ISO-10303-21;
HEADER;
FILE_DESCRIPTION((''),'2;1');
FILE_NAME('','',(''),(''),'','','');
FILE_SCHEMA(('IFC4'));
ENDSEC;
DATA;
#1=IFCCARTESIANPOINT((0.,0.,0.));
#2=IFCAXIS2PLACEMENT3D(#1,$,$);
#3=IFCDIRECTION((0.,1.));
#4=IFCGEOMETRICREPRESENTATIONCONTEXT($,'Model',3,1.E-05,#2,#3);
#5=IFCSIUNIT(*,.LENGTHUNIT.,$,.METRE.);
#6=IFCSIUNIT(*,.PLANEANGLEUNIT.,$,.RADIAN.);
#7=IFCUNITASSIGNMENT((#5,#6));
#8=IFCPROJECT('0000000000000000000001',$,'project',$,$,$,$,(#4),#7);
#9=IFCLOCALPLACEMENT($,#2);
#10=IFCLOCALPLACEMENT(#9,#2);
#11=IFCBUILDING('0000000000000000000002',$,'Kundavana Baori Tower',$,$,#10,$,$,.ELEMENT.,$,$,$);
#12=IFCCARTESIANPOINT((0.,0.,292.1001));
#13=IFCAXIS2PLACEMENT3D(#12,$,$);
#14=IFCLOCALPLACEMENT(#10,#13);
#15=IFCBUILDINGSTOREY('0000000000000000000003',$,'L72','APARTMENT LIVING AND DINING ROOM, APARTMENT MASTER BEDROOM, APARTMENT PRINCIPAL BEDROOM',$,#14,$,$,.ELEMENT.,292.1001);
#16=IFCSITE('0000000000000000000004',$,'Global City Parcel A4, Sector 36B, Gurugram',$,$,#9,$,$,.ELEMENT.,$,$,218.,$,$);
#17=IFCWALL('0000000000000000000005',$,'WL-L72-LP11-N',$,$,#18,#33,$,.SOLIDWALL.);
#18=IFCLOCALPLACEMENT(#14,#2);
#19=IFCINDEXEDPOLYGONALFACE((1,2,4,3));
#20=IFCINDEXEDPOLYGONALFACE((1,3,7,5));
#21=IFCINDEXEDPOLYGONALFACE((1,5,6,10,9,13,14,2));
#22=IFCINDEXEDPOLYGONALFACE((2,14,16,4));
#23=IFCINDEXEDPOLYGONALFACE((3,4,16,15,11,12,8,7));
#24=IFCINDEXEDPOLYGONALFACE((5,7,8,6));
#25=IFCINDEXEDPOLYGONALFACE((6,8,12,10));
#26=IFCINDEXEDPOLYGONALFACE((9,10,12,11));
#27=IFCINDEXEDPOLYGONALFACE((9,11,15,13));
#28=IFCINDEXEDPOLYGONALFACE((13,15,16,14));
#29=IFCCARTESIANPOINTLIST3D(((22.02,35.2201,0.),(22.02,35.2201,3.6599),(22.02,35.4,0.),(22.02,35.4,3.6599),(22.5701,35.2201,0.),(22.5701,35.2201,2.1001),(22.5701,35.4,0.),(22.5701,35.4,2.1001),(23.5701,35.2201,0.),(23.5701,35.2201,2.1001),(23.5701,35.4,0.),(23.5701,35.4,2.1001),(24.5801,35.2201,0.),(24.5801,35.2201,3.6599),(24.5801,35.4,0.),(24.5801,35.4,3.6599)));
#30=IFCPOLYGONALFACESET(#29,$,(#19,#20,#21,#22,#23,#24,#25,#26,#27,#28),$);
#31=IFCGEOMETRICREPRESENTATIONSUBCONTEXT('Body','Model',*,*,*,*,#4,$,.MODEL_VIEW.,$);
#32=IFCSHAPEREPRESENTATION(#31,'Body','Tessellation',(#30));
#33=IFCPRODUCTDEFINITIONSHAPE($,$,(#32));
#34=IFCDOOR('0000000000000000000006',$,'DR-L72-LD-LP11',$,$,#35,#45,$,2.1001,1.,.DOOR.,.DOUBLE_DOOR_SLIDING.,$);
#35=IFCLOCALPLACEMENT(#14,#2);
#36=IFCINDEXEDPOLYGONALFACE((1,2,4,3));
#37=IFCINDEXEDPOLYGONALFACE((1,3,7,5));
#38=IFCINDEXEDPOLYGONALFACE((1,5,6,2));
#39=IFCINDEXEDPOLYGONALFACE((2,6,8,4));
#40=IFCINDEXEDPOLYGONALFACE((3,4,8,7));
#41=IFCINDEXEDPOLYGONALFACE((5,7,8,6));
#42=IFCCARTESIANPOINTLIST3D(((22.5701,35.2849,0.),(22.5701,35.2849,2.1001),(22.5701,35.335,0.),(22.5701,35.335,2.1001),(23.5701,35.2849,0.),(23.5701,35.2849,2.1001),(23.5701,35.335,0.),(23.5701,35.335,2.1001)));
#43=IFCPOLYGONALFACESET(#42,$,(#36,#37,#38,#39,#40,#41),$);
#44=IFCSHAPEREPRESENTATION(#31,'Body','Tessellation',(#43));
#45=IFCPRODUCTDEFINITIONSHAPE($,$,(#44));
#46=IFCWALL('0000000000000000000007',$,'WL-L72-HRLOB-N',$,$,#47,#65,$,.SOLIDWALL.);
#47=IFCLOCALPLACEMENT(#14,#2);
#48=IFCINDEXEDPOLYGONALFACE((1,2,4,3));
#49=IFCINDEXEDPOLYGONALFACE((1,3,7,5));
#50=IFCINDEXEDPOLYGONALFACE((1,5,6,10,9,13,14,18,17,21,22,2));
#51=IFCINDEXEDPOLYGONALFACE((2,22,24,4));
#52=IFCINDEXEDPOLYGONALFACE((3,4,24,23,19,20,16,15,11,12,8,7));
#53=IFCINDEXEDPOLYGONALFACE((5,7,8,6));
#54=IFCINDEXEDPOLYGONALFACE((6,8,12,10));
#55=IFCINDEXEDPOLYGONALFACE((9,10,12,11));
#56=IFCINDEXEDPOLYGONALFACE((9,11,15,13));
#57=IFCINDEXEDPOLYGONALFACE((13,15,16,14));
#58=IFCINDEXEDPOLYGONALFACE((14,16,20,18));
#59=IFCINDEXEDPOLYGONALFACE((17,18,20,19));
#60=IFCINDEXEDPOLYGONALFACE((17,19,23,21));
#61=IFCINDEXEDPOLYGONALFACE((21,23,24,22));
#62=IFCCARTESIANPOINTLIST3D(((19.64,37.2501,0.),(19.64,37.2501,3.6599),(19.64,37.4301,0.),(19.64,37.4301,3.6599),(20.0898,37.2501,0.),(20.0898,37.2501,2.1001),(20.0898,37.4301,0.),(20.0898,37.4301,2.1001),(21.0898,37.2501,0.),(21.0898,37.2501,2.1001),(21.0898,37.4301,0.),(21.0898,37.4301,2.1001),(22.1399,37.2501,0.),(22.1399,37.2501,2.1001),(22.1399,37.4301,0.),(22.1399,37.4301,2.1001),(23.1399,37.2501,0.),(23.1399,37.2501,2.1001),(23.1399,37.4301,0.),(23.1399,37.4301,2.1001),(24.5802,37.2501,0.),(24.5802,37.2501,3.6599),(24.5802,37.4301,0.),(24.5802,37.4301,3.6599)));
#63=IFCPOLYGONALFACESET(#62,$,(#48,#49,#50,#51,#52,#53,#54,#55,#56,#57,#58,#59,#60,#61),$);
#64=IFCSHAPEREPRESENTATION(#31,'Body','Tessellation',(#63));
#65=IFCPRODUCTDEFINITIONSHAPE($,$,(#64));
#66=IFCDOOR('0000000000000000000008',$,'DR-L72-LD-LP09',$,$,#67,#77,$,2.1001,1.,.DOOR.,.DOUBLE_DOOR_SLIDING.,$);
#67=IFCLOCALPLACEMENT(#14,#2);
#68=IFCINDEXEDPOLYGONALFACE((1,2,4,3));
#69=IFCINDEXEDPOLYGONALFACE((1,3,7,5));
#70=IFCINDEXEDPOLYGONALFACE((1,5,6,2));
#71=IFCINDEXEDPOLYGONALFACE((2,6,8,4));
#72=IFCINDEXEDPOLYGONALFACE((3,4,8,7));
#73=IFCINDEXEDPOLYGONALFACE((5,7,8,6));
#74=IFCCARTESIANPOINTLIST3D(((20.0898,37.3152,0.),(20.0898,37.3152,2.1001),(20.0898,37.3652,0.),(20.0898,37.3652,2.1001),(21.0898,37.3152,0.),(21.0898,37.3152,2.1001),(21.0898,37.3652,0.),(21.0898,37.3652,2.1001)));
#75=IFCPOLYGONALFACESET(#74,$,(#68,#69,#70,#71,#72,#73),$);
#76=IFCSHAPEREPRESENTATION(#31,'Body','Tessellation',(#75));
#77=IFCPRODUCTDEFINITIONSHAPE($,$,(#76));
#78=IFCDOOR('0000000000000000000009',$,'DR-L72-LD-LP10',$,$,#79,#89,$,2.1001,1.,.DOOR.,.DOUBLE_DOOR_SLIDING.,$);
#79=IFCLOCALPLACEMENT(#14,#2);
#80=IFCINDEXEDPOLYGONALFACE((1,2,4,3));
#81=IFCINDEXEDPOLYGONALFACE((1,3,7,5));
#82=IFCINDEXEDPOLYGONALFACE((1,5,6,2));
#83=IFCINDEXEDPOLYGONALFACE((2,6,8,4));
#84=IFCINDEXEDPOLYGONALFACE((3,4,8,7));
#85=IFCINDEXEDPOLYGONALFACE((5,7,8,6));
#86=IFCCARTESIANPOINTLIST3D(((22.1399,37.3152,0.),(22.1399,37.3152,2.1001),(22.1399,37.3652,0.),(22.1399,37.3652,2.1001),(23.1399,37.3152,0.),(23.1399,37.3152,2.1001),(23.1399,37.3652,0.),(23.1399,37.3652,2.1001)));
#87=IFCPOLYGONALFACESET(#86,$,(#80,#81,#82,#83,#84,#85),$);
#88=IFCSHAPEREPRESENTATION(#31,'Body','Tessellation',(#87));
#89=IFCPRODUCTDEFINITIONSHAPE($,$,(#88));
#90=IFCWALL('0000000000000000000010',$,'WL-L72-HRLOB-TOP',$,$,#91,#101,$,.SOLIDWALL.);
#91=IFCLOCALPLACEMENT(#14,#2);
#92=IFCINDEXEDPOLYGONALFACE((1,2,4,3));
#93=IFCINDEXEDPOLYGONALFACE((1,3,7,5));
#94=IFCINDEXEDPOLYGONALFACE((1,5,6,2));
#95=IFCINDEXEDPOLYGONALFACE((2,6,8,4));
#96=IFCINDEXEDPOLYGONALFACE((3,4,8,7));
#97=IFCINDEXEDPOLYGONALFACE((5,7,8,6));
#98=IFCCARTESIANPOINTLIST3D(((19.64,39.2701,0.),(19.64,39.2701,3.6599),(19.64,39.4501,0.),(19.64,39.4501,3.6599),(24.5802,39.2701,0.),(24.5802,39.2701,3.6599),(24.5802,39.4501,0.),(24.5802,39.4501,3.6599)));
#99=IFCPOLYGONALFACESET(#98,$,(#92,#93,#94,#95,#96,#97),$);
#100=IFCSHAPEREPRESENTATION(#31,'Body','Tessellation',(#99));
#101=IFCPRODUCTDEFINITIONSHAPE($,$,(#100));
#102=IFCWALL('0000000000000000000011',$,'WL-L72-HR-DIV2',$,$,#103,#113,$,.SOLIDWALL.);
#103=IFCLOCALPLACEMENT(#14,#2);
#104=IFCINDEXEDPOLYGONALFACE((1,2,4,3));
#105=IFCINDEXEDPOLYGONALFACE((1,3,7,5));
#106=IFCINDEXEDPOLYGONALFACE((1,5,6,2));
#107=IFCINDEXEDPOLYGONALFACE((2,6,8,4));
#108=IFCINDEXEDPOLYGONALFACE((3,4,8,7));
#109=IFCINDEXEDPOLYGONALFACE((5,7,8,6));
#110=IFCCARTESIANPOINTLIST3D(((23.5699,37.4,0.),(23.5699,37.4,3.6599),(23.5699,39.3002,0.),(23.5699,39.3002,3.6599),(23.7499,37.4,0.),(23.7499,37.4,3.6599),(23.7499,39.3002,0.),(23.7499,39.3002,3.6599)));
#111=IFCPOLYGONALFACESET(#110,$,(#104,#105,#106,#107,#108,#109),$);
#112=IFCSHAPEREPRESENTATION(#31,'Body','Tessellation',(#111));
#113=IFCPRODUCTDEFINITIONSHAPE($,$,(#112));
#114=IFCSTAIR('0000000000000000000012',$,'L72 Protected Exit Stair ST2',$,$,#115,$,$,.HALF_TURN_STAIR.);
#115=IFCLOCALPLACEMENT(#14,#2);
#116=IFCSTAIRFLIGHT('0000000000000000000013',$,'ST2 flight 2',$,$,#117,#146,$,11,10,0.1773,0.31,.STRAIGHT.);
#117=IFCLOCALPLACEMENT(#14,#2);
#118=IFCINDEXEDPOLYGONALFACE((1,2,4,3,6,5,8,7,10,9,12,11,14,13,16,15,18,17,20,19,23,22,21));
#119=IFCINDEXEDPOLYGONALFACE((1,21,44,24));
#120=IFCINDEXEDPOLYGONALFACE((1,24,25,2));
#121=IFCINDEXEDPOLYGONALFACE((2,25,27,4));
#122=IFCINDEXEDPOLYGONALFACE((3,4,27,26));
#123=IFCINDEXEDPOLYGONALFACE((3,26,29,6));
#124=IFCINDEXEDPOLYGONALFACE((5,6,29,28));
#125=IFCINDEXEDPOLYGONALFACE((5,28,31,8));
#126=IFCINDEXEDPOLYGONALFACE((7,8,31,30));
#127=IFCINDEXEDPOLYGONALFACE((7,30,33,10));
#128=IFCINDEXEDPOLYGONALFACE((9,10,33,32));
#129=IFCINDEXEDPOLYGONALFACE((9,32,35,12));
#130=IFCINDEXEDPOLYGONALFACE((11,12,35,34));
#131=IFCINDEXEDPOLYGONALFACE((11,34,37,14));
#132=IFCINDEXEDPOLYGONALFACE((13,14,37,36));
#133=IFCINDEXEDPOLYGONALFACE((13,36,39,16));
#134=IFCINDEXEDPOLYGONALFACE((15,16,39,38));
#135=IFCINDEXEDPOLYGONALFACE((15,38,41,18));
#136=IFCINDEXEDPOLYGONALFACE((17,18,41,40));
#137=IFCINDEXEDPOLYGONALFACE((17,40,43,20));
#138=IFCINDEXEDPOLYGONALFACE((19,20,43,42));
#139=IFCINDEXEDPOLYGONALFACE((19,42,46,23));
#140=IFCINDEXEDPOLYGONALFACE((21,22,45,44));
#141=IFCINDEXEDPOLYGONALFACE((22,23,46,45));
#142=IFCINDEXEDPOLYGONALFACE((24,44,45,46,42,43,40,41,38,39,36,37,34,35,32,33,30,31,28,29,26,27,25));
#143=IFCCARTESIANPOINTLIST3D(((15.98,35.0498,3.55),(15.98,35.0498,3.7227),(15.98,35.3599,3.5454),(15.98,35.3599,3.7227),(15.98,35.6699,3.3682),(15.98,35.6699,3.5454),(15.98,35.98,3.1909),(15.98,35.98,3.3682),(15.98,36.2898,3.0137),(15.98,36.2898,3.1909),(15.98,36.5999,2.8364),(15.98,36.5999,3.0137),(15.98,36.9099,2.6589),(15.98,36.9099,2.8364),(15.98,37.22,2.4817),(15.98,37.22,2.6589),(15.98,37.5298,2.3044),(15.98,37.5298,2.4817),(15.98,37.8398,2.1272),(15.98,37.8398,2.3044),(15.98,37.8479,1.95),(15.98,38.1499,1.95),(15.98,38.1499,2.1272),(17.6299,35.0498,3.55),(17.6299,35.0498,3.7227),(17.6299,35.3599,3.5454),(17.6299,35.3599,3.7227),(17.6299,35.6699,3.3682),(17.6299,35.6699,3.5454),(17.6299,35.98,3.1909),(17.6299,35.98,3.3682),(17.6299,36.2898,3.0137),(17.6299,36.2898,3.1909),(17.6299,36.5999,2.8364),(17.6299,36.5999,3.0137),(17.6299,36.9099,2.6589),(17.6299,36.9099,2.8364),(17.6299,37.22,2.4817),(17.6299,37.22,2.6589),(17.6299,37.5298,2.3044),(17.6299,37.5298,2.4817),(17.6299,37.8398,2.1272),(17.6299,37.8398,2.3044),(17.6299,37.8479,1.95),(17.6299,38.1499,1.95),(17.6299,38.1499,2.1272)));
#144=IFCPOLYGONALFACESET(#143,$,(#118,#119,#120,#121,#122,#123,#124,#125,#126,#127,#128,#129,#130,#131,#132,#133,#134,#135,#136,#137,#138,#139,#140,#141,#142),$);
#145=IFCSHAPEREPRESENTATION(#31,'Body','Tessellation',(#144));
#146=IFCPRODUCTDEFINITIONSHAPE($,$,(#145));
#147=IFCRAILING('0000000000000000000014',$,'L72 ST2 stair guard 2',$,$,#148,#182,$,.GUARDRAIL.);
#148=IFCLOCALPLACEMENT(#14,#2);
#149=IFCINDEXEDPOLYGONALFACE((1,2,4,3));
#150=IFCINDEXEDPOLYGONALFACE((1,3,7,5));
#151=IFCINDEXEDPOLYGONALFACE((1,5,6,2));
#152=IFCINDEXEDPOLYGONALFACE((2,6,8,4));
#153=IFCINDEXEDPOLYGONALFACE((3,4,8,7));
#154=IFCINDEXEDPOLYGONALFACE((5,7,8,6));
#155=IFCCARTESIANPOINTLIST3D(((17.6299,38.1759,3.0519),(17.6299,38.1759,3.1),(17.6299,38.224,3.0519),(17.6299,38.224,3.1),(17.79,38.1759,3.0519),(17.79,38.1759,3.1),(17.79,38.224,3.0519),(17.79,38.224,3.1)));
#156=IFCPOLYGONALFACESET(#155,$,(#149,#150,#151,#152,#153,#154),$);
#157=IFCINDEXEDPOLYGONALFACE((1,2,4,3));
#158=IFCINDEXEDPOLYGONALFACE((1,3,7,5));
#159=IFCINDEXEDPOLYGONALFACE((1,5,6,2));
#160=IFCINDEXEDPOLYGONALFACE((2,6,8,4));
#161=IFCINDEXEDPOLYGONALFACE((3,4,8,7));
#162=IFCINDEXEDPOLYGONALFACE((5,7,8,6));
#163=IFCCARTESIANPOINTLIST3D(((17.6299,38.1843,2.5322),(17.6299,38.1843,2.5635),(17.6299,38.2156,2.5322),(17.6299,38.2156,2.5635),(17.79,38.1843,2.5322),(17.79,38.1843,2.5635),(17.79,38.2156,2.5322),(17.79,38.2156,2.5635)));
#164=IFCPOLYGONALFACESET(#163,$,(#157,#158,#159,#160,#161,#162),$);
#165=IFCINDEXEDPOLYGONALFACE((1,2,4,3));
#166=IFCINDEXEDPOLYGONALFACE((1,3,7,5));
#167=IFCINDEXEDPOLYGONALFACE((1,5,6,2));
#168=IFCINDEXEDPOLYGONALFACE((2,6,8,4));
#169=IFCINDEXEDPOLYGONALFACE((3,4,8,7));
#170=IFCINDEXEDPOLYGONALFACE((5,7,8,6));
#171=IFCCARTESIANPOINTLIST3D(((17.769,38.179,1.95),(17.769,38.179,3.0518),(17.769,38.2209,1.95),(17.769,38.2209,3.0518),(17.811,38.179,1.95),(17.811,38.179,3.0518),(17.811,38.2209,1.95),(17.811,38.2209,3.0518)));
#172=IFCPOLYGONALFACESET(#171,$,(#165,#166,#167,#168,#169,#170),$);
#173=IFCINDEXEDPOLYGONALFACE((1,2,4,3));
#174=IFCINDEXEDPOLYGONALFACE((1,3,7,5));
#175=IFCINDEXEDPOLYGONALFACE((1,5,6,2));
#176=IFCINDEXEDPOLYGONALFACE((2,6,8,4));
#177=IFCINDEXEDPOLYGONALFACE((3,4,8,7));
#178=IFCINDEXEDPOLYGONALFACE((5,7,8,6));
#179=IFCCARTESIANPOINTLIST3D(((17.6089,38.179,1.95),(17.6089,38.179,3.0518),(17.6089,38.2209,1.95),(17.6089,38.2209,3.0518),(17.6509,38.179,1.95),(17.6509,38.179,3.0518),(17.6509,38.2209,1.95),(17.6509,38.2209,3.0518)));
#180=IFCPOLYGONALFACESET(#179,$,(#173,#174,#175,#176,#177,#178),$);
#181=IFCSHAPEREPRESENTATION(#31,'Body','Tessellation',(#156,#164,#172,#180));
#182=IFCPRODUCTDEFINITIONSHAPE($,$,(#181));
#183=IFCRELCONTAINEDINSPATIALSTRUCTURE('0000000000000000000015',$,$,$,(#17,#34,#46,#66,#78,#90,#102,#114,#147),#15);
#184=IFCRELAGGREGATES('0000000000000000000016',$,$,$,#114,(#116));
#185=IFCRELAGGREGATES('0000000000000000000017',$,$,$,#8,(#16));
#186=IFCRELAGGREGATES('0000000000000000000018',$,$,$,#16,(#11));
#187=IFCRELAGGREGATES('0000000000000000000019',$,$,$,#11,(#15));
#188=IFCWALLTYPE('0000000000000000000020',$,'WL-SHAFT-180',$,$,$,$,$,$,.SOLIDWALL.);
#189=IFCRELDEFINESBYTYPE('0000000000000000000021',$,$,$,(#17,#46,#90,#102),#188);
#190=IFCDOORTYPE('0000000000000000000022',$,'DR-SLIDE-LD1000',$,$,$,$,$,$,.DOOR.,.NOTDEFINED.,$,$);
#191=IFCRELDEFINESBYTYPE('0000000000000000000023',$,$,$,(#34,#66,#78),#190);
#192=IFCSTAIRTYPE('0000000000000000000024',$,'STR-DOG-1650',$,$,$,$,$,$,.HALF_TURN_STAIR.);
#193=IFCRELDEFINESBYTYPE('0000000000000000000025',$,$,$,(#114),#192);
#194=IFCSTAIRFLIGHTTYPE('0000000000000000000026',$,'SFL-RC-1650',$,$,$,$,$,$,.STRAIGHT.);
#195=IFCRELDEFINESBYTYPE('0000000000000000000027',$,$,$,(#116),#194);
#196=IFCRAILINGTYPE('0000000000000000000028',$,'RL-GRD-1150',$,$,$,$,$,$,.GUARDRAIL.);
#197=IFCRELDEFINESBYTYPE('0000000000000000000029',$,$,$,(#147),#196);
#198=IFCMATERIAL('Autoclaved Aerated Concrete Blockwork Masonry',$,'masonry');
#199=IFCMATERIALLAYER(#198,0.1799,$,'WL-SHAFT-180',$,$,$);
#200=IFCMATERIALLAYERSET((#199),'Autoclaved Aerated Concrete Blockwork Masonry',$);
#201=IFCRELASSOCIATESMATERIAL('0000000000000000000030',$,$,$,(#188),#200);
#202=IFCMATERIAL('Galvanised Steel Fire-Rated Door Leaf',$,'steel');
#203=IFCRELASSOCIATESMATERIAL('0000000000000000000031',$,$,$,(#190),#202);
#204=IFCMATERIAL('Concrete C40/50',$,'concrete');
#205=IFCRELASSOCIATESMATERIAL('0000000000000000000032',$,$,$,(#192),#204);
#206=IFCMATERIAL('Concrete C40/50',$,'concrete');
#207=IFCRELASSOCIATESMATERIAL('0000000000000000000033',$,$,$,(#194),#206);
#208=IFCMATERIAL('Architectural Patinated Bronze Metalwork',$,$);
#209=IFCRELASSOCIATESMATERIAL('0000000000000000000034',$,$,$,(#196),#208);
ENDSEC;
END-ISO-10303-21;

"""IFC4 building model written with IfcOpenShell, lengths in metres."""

from ifc_helpers import new_model, si_unit, direction, frame, frame_2d, origin, origin_2d, place, context, subcontext, project, spatial, polyline, rectangle, outline, extrude, material, layer, layer_set, type_object, element, fill, aggregate, save


model = new_model("IFC4")

# Units and contexts
model_context = context("Model", 3, precision=1e-05, world=origin(), true_north=direction((0.0, 1.0)))
body_context = subcontext(model_context, "Body", "Model", "MODEL_VIEW")
ifc_project = project(units=[si_unit("LENGTHUNIT", "METRE"), si_unit("PLANEANGLEUNIT", "RADIAN")], contexts=[model_context])

# Site, building, storey
site_placement = place(None, origin())
site = spatial("IfcSite", under=ifc_project, at=site_placement, Name="Global City Parcel A4, Sector 36B, Gurugram", CompositionType="ELEMENT", RefElevation=218.0)
building_placement = place(site_placement, origin())
building = spatial("IfcBuilding", under=site, at=building_placement, Name="Kundavana Baori Tower", CompositionType="ELEMENT")
storey_placement = place(building_placement, frame((0.0, 0.0, 292.1001)))
storey = spatial("IfcBuildingStorey", under=building, at=storey_placement, Name="L72", Description="APARTMENT LIVING AND DINING ROOM, APARTMENT MASTER BEDROOM, APARTMENT PRINCIPAL BEDROOM", CompositionType="ELEMENT", Elevation=292.1001)

# Wall, opening, door
ifc_material_1 = material(Name="Autoclaved Aerated Concrete Blockwork Masonry", Category="masonry")
ifc_layer_1 = layer(ifc_material_1, 0.1799, Name="WL-SHAFT-180")
ifc_layer_set_1 = layer_set([ifc_layer_1], Name="Autoclaved Aerated Concrete Blockwork Masonry")
wall_type_1 = type_object("IfcWallType", Name="WL-SHAFT-180", PredefinedType="SOLIDWALL", material=ifc_layer_set_1)
wall_1_placement = place(storey_placement, frame((22.02, 35.3101, 0.0), z_axis=(0.0, 0.0, 1.0), x_axis=(1.0, 0.0, 0.0)))
wall_1 = element("IfcWall", 1, at=wall_1_placement, inside=storey, type_object=wall_type_1, Name="WL-L72-LP11-N", PredefinedType="SOLIDWALL", context=body_context, shape_type="SweptSolid", body=[
    extrude(rectangle(XDim=2.5601, YDim=0.1799, at=frame_2d((1.28, 0.0))), origin(), (0.0, 0.0, 1.0), 3.6599),
])
opening_1_placement = place(wall_1_placement, frame((0.55, 0.0, 0.0)))
opening_1 = element("IfcOpeningElement", 2, at=opening_1_placement, cuts=wall_1, PredefinedType="OPENING", context=body_context, shape_type="SweptSolid", body=[
    extrude(rectangle(XDim=1.0, YDim=2.1001, at=frame_2d((0.5, 1.05))), frame((0.0, 0.1001, 0.0), z_axis=(0.0, -1.0, 0.0), x_axis=(1.0, 0.0, 0.0)), (0.0, 0.0, 1.0), 0.2),
])
ifc_material_2 = material(Name="Galvanised Steel Fire-Rated Door Leaf", Category="steel")
door_type = type_object("IfcDoorType", Name="DR-SLIDE-LD1000", OperationType="NOTDEFINED", PredefinedType="DOOR", material=ifc_material_2)
door_1_placement = place(opening_1_placement, origin())
door_1 = element("IfcDoor", 3, at=door_1_placement, inside=storey, type_object=door_type, Name="DR-L72-LD-LP11", OperationType="DOUBLE_DOOR_SLIDING", OverallHeight=2.1001, OverallWidth=1.0, PredefinedType="DOOR", context=body_context, shape_type="SweptSolid", body=[
    extrude(rectangle(XDim=1.0, YDim=2.1001, at=frame_2d((0.5, 1.05))), frame((0.0, 0.0249, 0.0), z_axis=(0.0, -1.0, 0.0), x_axis=(1.0, 0.0, 0.0)), (0.0, 0.0, 1.0), 0.05),
])
fill(opening_1, door_1)

# Wall, openings, doors
wall_2_placement = place(storey_placement, frame((19.6399, 37.3401, 0.0), z_axis=(0.0, 0.0, 1.0), x_axis=(1.0, 0.0, 0.0)))
wall_2 = element("IfcWall", 4, at=wall_2_placement, inside=storey, type_object=wall_type_1, Name="WL-L72-HRLOB-N", PredefinedType="SOLIDWALL", context=body_context, shape_type="SweptSolid", body=[
    extrude(rectangle(XDim=4.9402, YDim=0.1799, at=frame_2d((2.4702, 0.0))), origin(), (0.0, 0.0, 1.0), 3.6599),
])
opening_2_placement = place(wall_2_placement, frame((0.45, 0.0, 0.0)))
opening_2 = element("IfcOpeningElement", 5, at=opening_2_placement, cuts=wall_2, PredefinedType="OPENING", context=body_context, shape_type="SweptSolid", body=[
    extrude(rectangle(XDim=1.0, YDim=2.1001, at=frame_2d((0.5, 1.05))), frame((0.0, 0.1001, 0.0), z_axis=(0.0, -1.0, 0.0), x_axis=(1.0, 0.0, 0.0)), (0.0, 0.0, 1.0), 0.2),
])
opening_3_placement = place(wall_2_placement, frame((2.5, 0.0, 0.0)))
opening_3 = element("IfcOpeningElement", 6, at=opening_3_placement, cuts=wall_2, PredefinedType="OPENING", context=body_context, shape_type="SweptSolid", body=[
    extrude(rectangle(XDim=1.0, YDim=2.1001, at=frame_2d((0.5, 1.05))), frame((0.0, 0.1001, 0.0), z_axis=(0.0, -1.0, 0.0), x_axis=(1.0, 0.0, 0.0)), (0.0, 0.0, 1.0), 0.2),
])
door_2_placement = place(opening_2_placement, frame((1.0, 0.0, 0.0), z_axis=(0.0, 0.0, 1.0), x_axis=(-1.0, 0.0, 0.0)))
door_2 = element("IfcDoor", 7, at=door_2_placement, inside=storey, type_object=door_type, Name="DR-L72-LD-LP09", OperationType="DOUBLE_DOOR_SLIDING", OverallHeight=2.1001, OverallWidth=1.0, PredefinedType="DOOR", context=body_context, shape_type="SweptSolid", body=[
    extrude(rectangle(XDim=1.0, YDim=2.1001, at=frame_2d((0.5, 1.05))), frame((0.0, 0.0249, 0.0), z_axis=(0.0, -1.0, 0.0), x_axis=(1.0, 0.0, 0.0)), (0.0, 0.0, 1.0), 0.05),
])
fill(opening_2, door_2)
door_3_placement = place(opening_3_placement, frame((1.0, 0.0, 0.0), z_axis=(0.0, 0.0, 1.0), x_axis=(-1.0, 0.0, 0.0)))
door_3 = element("IfcDoor", 8, at=door_3_placement, inside=storey, type_object=door_type, Name="DR-L72-LD-LP10", OperationType="DOUBLE_DOOR_SLIDING", OverallHeight=2.1001, OverallWidth=1.0, PredefinedType="DOOR", context=body_context, shape_type="SweptSolid", body=[
    extrude(rectangle(XDim=1.0, YDim=2.1001, at=frame_2d((0.5, 1.05))), frame((0.0, 0.0249, 0.0), z_axis=(0.0, -1.0, 0.0), x_axis=(1.0, 0.0, 0.0)), (0.0, 0.0, 1.0), 0.05),
])
fill(opening_3, door_3)

# Walls
wall_3_placement = place(storey_placement, frame((19.6399, 39.3601, 0.0), z_axis=(0.0, 0.0, 1.0), x_axis=(1.0, 0.0, 0.0)))
element("IfcWall", 9, at=wall_3_placement, inside=storey, type_object=wall_type_1, Name="WL-L72-HRLOB-TOP", PredefinedType="SOLIDWALL", context=body_context, shape_type="SweptSolid", body=[
    extrude(rectangle(XDim=4.9402, YDim=0.1799, at=frame_2d((2.4702, 0.0))), origin(), (0.0, 0.0, 1.0), 3.6599),
])
wall_4_placement = place(storey_placement, frame((23.6599, 37.3999, 0.0), z_axis=(0.0, 0.0, 1.0), x_axis=(0.0, 1.0, 0.0)))
element("IfcWall", 10, at=wall_4_placement, inside=storey, type_object=wall_type_1, Name="WL-L72-HR-DIV2", PredefinedType="SOLIDWALL", context=body_context, shape_type="SweptSolid", body=[
    extrude(rectangle(XDim=1.9001, YDim=0.1799, at=frame_2d((0.9502, 0.0))), origin(), (0.0, 0.0, 1.0), 3.6599),
])

# Stair, stair flight
ifc_material_3 = material(Name="Concrete C40/50", Category="concrete")
stair_type = type_object("IfcStairType", Name="STR-DOG-1650", PredefinedType="HALF_TURN_STAIR", material=ifc_material_3)
stair_placement = place(storey_placement, origin())
stair = element("IfcStair", 11, at=stair_placement, inside=storey, type_object=stair_type, Name="L72 Protected Exit Stair ST2", PredefinedType="HALF_TURN_STAIR")
ifc_material_4 = material(Name="Concrete C40/50", Category="concrete")
stair_flight_type = type_object("IfcStairFlightType", Name="SFL-RC-1650", PredefinedType="STRAIGHT", material=ifc_material_4)
stair_flight_placement = place(storey_placement, frame((16.8049, 38.1499, 1.95), z_axis=(0.0, 0.0, 1.0), x_axis=(0.0, -1.0, 0.0)))
stair_flight = element("IfcStairFlight", 12, at=stair_flight_placement, type_object=stair_flight_type, Name="ST2 flight 2", NumberOfRisers=11, NumberOfTreads=10, PredefinedType="STRAIGHT", RiserHeight=0.1773, TreadLength=0.31, context=body_context, shape_type="SweptSolid", body=[
    extrude(outline(polyline([(0.0, 0.0), (0.0, 0.1772), (0.3101, 0.1772), (0.3101, 0.3545), (0.6201, 0.3545), (0.6201, 0.5317), (0.9299, 0.5317), (0.9299, 0.709), (1.24, 0.709), (1.24, 0.8865), (1.55, 0.8865), (1.55, 1.0637), (1.8601, 1.0637), (1.8601, 1.241), (2.1699, 1.241), (2.1699, 1.4182), (2.48, 1.4182), (2.48, 1.5955), (2.79, 1.5955), (2.79, 1.7727), (3.1001, 1.7727), (3.1001, 1.95), (3.1001, 1.6001), (0.302, 0.0), (0.0, 0.0)])), frame((0.0, 0.825, 0.0), z_axis=(0.0, -1.0, 0.0), x_axis=(1.0, 0.0, 0.0)), (0.0, 0.0, 1.0), 1.6499),
])
aggregate(stair, [stair_flight])

# Railing
ifc_material_5 = material(Name="Architectural Patinated Bronze Metalwork")
railing_type_1 = type_object("IfcRailingType", Name="RL-GRD-1150", PredefinedType="GUARDRAIL", material=ifc_material_5)
railing_1_placement = place(storey_placement, frame((17.79, 38.2, 1.95)))
element("IfcRailing", 13, at=railing_1_placement, inside=storey, type_object=railing_type_1, Name="L72 ST2 stair guard 2", PredefinedType="GUARDRAIL", context=body_context, shape_type="SweptSolid", body=[
    extrude(rectangle(XDim=0.0481, YDim=0.0481, at=origin_2d()), frame((0.0, 0.0, 1.126), z_axis=(-1.0, 0.0, 0.0), x_axis=(0.0, -1.0, 0.0)), (0.0, 0.0, 1.0), 0.1602),
    extrude(rectangle(XDim=0.0312, YDim=0.0312, at=origin_2d()), frame((0.0, 0.0, 0.5979), z_axis=(-1.0, 0.0, 0.0), x_axis=(0.0, -1.0, 0.0)), (0.0, 0.0, 1.0), 0.1602),
    extrude(rectangle(XDim=0.042, YDim=0.042, at=origin_2d()), origin(), (0.0, 0.0, 1.0), 1.1018),
    extrude(rectangle(XDim=0.042, YDim=0.042, at=origin_2d()), frame((-0.1602, 0.0, 0.0)), (0.0, 0.0, 1.0), 1.1018),
])

save(model, "model.ifc")
